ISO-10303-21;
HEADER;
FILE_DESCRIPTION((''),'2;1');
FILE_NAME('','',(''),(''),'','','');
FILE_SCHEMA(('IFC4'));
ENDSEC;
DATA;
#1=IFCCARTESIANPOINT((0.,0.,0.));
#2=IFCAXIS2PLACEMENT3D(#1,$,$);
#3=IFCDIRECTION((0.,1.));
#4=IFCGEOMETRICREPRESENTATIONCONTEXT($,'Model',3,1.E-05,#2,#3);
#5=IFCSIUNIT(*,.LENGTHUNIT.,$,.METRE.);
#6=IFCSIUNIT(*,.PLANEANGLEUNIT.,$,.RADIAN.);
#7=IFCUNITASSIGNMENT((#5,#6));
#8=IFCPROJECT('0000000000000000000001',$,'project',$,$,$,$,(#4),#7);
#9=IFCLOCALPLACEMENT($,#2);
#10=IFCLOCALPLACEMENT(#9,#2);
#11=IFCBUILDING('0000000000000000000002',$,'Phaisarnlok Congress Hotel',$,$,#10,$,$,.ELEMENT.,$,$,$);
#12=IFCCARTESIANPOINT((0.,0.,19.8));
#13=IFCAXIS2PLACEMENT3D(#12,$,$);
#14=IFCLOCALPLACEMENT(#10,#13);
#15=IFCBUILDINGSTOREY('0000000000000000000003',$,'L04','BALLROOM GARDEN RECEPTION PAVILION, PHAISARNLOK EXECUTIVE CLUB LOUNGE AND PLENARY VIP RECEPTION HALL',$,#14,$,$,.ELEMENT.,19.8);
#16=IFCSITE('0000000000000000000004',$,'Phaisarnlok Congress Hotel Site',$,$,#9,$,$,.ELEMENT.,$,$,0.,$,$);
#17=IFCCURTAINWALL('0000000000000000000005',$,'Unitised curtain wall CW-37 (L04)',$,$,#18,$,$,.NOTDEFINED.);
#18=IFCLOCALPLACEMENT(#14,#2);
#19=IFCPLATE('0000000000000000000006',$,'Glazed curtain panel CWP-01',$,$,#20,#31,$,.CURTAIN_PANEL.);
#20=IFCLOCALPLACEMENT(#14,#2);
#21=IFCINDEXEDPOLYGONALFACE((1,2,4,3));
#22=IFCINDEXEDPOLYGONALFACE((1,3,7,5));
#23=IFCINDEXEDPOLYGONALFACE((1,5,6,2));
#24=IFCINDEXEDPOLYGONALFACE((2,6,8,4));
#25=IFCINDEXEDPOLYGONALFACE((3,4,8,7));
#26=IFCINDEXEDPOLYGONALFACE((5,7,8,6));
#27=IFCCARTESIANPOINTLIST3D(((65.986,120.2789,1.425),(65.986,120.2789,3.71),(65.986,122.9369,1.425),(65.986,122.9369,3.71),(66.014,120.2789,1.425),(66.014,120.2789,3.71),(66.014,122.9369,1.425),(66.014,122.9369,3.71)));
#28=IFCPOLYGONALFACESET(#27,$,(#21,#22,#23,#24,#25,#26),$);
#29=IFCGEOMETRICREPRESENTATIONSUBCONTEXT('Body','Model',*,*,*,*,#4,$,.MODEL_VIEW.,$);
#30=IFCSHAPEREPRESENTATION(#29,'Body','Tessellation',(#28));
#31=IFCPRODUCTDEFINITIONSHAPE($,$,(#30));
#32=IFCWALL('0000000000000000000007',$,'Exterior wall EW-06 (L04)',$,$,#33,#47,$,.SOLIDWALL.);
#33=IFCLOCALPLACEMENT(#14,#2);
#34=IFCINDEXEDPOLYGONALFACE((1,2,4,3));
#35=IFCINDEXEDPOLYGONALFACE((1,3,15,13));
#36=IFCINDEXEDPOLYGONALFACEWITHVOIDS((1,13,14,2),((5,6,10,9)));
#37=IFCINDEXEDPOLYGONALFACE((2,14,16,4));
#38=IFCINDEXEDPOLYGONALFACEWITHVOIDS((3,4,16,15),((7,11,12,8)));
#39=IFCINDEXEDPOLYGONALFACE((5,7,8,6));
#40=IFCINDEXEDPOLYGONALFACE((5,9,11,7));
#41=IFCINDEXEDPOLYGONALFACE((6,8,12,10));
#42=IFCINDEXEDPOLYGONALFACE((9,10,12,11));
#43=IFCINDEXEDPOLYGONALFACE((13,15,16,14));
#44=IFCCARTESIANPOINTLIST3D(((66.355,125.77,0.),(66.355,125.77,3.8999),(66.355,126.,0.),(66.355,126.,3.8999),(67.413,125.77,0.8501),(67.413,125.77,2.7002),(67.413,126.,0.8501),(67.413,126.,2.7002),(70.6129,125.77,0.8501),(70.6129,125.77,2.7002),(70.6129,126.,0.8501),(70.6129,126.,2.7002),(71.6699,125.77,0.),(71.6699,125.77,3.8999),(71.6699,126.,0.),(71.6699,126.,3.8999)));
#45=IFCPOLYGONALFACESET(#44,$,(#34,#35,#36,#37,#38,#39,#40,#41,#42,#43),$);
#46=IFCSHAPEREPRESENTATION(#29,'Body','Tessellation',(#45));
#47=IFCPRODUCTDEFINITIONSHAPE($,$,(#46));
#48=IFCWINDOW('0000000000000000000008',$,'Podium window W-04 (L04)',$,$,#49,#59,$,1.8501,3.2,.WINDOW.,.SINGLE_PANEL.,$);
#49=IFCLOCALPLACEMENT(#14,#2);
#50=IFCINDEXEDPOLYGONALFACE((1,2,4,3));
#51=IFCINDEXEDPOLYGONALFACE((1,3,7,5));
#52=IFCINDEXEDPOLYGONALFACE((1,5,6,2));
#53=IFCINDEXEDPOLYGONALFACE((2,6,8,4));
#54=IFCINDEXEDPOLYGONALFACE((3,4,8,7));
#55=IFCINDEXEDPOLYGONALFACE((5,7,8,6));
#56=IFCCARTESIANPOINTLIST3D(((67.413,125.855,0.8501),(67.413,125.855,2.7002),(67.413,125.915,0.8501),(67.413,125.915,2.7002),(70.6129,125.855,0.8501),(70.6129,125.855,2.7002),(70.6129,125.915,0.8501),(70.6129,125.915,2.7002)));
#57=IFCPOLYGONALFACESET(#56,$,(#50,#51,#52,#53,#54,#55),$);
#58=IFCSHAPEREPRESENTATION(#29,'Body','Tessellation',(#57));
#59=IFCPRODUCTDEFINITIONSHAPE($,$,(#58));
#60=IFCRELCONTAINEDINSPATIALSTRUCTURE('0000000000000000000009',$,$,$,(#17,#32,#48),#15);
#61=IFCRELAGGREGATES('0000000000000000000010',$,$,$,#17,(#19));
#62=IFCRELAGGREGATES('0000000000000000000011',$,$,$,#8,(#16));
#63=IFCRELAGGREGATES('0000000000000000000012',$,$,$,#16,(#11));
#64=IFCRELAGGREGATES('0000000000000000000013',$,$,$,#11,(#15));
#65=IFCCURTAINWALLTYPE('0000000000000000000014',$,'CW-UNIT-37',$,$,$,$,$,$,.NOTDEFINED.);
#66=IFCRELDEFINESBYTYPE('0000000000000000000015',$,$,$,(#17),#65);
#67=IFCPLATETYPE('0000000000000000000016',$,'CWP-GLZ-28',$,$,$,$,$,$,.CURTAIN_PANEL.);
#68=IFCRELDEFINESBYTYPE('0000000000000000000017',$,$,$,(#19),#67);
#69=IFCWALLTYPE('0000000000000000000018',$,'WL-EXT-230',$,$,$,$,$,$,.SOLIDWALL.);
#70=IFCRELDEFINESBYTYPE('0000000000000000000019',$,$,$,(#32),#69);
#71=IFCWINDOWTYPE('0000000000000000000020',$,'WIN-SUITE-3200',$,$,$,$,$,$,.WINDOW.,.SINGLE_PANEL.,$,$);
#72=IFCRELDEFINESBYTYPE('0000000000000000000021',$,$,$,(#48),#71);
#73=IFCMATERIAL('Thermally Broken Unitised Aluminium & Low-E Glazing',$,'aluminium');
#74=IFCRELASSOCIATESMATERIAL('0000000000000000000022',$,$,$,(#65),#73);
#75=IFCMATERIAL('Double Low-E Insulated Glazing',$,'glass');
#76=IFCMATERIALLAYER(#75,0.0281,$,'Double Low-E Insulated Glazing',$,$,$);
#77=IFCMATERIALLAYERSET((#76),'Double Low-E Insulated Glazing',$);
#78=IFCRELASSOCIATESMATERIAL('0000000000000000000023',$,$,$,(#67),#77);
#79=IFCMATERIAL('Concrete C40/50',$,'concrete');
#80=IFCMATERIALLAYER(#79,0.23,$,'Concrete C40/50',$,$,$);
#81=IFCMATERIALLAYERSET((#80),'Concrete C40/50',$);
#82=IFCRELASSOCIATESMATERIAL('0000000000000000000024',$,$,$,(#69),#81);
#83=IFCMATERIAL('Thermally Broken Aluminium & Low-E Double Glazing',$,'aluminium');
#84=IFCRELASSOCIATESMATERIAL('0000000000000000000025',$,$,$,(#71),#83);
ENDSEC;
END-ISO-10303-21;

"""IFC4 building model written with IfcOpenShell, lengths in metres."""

from ifc_helpers import new_model, si_unit, direction, frame, frame_2d, origin, place, context, subcontext, project, spatial, rectangle, extrude, material, layer, layer_set, type_object, element, fill, aggregate, save


model = new_model("IFC4")

# Units and contexts
model_context = context("Model", 3, precision=1e-05, world=origin(), true_north=direction((0.0, 1.0)))
body_context = subcontext(model_context, "Body", "Model", "MODEL_VIEW")
ifc_project = project(units=[si_unit("LENGTHUNIT", "METRE"), si_unit("PLANEANGLEUNIT", "RADIAN")], contexts=[model_context])

# Site, building, storey
site_placement = place(None, origin())
site = spatial("IfcSite", under=ifc_project, at=site_placement, Name="Phaisarnlok Congress Hotel Site", CompositionType="ELEMENT", RefElevation=0.0)
building_placement = place(site_placement, origin())
building = spatial("IfcBuilding", under=site, at=building_placement, Name="Phaisarnlok Congress Hotel", CompositionType="ELEMENT")
storey_placement = place(building_placement, frame((0.0, 0.0, 19.8)))
storey = spatial("IfcBuildingStorey", under=building, at=storey_placement, Name="L04", Description="BALLROOM GARDEN RECEPTION PAVILION, PHAISARNLOK EXECUTIVE CLUB LOUNGE AND PLENARY VIP RECEPTION HALL", CompositionType="ELEMENT", Elevation=19.8)

# Shared definitions
ifc_material_1 = material(Name="Concrete C40/50", Category="concrete")

# Shared definitions
ifc_material_2 = material(Name="Thermally Broken Unitised Aluminium & Low-E Glazing", Category="aluminium")

# Curtain wall
curtain_wall_type_1 = type_object("IfcCurtainWallType", Name="CW-UNIT-37", PredefinedType="NOTDEFINED", material=ifc_material_2)
curtain_wall_1_placement = place(storey_placement, origin())
curtain_wall_1 = element("IfcCurtainWall", 1, at=curtain_wall_1_placement, inside=storey, type_object=curtain_wall_type_1, Name="Unitised curtain wall CW-37 (L04)", PredefinedType="NOTDEFINED")

# Plate
ifc_material_3 = material(Name="Double Low-E Insulated Glazing", Category="glass")
ifc_layer_1 = layer(ifc_material_3, 0.0281, Name="Double Low-E Insulated Glazing")
ifc_layer_set_1 = layer_set([ifc_layer_1], Name="Double Low-E Insulated Glazing")
plate_type = type_object("IfcPlateType", Name="CWP-GLZ-28", PredefinedType="CURTAIN_PANEL", material=ifc_layer_set_1)
plate_1_placement = place(storey_placement, frame((66.0, 122.937, 1.425), z_axis=(0.0, 0.0, 1.0), x_axis=(0.0, -1.0, 0.0)))
plate_1 = element("IfcPlate", 2, at=plate_1_placement, type_object=plate_type, Name="Glazed curtain panel CWP-01", PredefinedType="CURTAIN_PANEL", context=body_context, shape_type="SweptSolid", body=[
    extrude(rectangle(XDim=2.658, YDim=0.0281, at=frame_2d((1.3291, 0.0))), origin(), (0.0, 0.0, 1.0), 2.2849),
])
aggregate(curtain_wall_1, [plate_1])

# Wall, opening, window
ifc_layer_2 = layer(ifc_material_1, 0.23, Name="Concrete C40/50")
ifc_layer_set_2 = layer_set([ifc_layer_2], Name="Concrete C40/50")
wall_type = type_object("IfcWallType", Name="WL-EXT-230", PredefinedType="SOLIDWALL", material=ifc_layer_set_2)
wall_placement = place(storey_placement, frame((71.6699, 125.885, 0.0), z_axis=(0.0, 0.0, 1.0), x_axis=(-1.0, 0.0, 0.0)))
wall = element("IfcWall", 3, at=wall_placement, inside=storey, type_object=wall_type, Name="Exterior wall EW-06 (L04)", PredefinedType="SOLIDWALL", context=body_context, shape_type="SweptSolid", body=[
    extrude(rectangle(XDim=5.3149, YDim=0.23, at=frame_2d((2.6575, 0.0))), origin(), (0.0, 0.0, 1.0), 3.8999),
])
opening_placement = place(wall_placement, frame((1.0569, 0.0, 0.8501)))
opening = element("IfcOpeningElement", 4, at=opening_placement, cuts=wall, PredefinedType="OPENING", context=body_context, shape_type="SweptSolid", body=[
    extrude(rectangle(XDim=3.2, YDim=1.8501, at=frame_2d((1.6001, 0.925))), frame((0.0, 0.125, 0.0), z_axis=(0.0, -1.0, 0.0), x_axis=(1.0, 0.0, 0.0)), (0.0, 0.0, 1.0), 0.25),
])
ifc_material_4 = material(Name="Thermally Broken Aluminium & Low-E Double Glazing", Category="aluminium")
window_type = type_object("IfcWindowType", Name="WIN-SUITE-3200", PartitioningType="SINGLE_PANEL", PredefinedType="WINDOW", material=ifc_material_4)
window_placement = place(opening_placement, origin())
window = element("IfcWindow", 5, at=window_placement, inside=storey, type_object=window_type, Name="Podium window W-04 (L04)", OverallHeight=1.8501, OverallWidth=3.2, PartitioningType="SINGLE_PANEL", PredefinedType="WINDOW", context=body_context, shape_type="SweptSolid", body=[
    extrude(rectangle(XDim=3.2, YDim=1.8501, at=frame_2d((1.6001, 0.925))), frame((0.0, 0.03, 0.0), z_axis=(0.0, -1.0, 0.0), x_axis=(1.0, 0.0, 0.0)), (0.0, 0.0, 1.0), 0.0601),
])
fill(opening, window)

save(model, "model.ifc")
